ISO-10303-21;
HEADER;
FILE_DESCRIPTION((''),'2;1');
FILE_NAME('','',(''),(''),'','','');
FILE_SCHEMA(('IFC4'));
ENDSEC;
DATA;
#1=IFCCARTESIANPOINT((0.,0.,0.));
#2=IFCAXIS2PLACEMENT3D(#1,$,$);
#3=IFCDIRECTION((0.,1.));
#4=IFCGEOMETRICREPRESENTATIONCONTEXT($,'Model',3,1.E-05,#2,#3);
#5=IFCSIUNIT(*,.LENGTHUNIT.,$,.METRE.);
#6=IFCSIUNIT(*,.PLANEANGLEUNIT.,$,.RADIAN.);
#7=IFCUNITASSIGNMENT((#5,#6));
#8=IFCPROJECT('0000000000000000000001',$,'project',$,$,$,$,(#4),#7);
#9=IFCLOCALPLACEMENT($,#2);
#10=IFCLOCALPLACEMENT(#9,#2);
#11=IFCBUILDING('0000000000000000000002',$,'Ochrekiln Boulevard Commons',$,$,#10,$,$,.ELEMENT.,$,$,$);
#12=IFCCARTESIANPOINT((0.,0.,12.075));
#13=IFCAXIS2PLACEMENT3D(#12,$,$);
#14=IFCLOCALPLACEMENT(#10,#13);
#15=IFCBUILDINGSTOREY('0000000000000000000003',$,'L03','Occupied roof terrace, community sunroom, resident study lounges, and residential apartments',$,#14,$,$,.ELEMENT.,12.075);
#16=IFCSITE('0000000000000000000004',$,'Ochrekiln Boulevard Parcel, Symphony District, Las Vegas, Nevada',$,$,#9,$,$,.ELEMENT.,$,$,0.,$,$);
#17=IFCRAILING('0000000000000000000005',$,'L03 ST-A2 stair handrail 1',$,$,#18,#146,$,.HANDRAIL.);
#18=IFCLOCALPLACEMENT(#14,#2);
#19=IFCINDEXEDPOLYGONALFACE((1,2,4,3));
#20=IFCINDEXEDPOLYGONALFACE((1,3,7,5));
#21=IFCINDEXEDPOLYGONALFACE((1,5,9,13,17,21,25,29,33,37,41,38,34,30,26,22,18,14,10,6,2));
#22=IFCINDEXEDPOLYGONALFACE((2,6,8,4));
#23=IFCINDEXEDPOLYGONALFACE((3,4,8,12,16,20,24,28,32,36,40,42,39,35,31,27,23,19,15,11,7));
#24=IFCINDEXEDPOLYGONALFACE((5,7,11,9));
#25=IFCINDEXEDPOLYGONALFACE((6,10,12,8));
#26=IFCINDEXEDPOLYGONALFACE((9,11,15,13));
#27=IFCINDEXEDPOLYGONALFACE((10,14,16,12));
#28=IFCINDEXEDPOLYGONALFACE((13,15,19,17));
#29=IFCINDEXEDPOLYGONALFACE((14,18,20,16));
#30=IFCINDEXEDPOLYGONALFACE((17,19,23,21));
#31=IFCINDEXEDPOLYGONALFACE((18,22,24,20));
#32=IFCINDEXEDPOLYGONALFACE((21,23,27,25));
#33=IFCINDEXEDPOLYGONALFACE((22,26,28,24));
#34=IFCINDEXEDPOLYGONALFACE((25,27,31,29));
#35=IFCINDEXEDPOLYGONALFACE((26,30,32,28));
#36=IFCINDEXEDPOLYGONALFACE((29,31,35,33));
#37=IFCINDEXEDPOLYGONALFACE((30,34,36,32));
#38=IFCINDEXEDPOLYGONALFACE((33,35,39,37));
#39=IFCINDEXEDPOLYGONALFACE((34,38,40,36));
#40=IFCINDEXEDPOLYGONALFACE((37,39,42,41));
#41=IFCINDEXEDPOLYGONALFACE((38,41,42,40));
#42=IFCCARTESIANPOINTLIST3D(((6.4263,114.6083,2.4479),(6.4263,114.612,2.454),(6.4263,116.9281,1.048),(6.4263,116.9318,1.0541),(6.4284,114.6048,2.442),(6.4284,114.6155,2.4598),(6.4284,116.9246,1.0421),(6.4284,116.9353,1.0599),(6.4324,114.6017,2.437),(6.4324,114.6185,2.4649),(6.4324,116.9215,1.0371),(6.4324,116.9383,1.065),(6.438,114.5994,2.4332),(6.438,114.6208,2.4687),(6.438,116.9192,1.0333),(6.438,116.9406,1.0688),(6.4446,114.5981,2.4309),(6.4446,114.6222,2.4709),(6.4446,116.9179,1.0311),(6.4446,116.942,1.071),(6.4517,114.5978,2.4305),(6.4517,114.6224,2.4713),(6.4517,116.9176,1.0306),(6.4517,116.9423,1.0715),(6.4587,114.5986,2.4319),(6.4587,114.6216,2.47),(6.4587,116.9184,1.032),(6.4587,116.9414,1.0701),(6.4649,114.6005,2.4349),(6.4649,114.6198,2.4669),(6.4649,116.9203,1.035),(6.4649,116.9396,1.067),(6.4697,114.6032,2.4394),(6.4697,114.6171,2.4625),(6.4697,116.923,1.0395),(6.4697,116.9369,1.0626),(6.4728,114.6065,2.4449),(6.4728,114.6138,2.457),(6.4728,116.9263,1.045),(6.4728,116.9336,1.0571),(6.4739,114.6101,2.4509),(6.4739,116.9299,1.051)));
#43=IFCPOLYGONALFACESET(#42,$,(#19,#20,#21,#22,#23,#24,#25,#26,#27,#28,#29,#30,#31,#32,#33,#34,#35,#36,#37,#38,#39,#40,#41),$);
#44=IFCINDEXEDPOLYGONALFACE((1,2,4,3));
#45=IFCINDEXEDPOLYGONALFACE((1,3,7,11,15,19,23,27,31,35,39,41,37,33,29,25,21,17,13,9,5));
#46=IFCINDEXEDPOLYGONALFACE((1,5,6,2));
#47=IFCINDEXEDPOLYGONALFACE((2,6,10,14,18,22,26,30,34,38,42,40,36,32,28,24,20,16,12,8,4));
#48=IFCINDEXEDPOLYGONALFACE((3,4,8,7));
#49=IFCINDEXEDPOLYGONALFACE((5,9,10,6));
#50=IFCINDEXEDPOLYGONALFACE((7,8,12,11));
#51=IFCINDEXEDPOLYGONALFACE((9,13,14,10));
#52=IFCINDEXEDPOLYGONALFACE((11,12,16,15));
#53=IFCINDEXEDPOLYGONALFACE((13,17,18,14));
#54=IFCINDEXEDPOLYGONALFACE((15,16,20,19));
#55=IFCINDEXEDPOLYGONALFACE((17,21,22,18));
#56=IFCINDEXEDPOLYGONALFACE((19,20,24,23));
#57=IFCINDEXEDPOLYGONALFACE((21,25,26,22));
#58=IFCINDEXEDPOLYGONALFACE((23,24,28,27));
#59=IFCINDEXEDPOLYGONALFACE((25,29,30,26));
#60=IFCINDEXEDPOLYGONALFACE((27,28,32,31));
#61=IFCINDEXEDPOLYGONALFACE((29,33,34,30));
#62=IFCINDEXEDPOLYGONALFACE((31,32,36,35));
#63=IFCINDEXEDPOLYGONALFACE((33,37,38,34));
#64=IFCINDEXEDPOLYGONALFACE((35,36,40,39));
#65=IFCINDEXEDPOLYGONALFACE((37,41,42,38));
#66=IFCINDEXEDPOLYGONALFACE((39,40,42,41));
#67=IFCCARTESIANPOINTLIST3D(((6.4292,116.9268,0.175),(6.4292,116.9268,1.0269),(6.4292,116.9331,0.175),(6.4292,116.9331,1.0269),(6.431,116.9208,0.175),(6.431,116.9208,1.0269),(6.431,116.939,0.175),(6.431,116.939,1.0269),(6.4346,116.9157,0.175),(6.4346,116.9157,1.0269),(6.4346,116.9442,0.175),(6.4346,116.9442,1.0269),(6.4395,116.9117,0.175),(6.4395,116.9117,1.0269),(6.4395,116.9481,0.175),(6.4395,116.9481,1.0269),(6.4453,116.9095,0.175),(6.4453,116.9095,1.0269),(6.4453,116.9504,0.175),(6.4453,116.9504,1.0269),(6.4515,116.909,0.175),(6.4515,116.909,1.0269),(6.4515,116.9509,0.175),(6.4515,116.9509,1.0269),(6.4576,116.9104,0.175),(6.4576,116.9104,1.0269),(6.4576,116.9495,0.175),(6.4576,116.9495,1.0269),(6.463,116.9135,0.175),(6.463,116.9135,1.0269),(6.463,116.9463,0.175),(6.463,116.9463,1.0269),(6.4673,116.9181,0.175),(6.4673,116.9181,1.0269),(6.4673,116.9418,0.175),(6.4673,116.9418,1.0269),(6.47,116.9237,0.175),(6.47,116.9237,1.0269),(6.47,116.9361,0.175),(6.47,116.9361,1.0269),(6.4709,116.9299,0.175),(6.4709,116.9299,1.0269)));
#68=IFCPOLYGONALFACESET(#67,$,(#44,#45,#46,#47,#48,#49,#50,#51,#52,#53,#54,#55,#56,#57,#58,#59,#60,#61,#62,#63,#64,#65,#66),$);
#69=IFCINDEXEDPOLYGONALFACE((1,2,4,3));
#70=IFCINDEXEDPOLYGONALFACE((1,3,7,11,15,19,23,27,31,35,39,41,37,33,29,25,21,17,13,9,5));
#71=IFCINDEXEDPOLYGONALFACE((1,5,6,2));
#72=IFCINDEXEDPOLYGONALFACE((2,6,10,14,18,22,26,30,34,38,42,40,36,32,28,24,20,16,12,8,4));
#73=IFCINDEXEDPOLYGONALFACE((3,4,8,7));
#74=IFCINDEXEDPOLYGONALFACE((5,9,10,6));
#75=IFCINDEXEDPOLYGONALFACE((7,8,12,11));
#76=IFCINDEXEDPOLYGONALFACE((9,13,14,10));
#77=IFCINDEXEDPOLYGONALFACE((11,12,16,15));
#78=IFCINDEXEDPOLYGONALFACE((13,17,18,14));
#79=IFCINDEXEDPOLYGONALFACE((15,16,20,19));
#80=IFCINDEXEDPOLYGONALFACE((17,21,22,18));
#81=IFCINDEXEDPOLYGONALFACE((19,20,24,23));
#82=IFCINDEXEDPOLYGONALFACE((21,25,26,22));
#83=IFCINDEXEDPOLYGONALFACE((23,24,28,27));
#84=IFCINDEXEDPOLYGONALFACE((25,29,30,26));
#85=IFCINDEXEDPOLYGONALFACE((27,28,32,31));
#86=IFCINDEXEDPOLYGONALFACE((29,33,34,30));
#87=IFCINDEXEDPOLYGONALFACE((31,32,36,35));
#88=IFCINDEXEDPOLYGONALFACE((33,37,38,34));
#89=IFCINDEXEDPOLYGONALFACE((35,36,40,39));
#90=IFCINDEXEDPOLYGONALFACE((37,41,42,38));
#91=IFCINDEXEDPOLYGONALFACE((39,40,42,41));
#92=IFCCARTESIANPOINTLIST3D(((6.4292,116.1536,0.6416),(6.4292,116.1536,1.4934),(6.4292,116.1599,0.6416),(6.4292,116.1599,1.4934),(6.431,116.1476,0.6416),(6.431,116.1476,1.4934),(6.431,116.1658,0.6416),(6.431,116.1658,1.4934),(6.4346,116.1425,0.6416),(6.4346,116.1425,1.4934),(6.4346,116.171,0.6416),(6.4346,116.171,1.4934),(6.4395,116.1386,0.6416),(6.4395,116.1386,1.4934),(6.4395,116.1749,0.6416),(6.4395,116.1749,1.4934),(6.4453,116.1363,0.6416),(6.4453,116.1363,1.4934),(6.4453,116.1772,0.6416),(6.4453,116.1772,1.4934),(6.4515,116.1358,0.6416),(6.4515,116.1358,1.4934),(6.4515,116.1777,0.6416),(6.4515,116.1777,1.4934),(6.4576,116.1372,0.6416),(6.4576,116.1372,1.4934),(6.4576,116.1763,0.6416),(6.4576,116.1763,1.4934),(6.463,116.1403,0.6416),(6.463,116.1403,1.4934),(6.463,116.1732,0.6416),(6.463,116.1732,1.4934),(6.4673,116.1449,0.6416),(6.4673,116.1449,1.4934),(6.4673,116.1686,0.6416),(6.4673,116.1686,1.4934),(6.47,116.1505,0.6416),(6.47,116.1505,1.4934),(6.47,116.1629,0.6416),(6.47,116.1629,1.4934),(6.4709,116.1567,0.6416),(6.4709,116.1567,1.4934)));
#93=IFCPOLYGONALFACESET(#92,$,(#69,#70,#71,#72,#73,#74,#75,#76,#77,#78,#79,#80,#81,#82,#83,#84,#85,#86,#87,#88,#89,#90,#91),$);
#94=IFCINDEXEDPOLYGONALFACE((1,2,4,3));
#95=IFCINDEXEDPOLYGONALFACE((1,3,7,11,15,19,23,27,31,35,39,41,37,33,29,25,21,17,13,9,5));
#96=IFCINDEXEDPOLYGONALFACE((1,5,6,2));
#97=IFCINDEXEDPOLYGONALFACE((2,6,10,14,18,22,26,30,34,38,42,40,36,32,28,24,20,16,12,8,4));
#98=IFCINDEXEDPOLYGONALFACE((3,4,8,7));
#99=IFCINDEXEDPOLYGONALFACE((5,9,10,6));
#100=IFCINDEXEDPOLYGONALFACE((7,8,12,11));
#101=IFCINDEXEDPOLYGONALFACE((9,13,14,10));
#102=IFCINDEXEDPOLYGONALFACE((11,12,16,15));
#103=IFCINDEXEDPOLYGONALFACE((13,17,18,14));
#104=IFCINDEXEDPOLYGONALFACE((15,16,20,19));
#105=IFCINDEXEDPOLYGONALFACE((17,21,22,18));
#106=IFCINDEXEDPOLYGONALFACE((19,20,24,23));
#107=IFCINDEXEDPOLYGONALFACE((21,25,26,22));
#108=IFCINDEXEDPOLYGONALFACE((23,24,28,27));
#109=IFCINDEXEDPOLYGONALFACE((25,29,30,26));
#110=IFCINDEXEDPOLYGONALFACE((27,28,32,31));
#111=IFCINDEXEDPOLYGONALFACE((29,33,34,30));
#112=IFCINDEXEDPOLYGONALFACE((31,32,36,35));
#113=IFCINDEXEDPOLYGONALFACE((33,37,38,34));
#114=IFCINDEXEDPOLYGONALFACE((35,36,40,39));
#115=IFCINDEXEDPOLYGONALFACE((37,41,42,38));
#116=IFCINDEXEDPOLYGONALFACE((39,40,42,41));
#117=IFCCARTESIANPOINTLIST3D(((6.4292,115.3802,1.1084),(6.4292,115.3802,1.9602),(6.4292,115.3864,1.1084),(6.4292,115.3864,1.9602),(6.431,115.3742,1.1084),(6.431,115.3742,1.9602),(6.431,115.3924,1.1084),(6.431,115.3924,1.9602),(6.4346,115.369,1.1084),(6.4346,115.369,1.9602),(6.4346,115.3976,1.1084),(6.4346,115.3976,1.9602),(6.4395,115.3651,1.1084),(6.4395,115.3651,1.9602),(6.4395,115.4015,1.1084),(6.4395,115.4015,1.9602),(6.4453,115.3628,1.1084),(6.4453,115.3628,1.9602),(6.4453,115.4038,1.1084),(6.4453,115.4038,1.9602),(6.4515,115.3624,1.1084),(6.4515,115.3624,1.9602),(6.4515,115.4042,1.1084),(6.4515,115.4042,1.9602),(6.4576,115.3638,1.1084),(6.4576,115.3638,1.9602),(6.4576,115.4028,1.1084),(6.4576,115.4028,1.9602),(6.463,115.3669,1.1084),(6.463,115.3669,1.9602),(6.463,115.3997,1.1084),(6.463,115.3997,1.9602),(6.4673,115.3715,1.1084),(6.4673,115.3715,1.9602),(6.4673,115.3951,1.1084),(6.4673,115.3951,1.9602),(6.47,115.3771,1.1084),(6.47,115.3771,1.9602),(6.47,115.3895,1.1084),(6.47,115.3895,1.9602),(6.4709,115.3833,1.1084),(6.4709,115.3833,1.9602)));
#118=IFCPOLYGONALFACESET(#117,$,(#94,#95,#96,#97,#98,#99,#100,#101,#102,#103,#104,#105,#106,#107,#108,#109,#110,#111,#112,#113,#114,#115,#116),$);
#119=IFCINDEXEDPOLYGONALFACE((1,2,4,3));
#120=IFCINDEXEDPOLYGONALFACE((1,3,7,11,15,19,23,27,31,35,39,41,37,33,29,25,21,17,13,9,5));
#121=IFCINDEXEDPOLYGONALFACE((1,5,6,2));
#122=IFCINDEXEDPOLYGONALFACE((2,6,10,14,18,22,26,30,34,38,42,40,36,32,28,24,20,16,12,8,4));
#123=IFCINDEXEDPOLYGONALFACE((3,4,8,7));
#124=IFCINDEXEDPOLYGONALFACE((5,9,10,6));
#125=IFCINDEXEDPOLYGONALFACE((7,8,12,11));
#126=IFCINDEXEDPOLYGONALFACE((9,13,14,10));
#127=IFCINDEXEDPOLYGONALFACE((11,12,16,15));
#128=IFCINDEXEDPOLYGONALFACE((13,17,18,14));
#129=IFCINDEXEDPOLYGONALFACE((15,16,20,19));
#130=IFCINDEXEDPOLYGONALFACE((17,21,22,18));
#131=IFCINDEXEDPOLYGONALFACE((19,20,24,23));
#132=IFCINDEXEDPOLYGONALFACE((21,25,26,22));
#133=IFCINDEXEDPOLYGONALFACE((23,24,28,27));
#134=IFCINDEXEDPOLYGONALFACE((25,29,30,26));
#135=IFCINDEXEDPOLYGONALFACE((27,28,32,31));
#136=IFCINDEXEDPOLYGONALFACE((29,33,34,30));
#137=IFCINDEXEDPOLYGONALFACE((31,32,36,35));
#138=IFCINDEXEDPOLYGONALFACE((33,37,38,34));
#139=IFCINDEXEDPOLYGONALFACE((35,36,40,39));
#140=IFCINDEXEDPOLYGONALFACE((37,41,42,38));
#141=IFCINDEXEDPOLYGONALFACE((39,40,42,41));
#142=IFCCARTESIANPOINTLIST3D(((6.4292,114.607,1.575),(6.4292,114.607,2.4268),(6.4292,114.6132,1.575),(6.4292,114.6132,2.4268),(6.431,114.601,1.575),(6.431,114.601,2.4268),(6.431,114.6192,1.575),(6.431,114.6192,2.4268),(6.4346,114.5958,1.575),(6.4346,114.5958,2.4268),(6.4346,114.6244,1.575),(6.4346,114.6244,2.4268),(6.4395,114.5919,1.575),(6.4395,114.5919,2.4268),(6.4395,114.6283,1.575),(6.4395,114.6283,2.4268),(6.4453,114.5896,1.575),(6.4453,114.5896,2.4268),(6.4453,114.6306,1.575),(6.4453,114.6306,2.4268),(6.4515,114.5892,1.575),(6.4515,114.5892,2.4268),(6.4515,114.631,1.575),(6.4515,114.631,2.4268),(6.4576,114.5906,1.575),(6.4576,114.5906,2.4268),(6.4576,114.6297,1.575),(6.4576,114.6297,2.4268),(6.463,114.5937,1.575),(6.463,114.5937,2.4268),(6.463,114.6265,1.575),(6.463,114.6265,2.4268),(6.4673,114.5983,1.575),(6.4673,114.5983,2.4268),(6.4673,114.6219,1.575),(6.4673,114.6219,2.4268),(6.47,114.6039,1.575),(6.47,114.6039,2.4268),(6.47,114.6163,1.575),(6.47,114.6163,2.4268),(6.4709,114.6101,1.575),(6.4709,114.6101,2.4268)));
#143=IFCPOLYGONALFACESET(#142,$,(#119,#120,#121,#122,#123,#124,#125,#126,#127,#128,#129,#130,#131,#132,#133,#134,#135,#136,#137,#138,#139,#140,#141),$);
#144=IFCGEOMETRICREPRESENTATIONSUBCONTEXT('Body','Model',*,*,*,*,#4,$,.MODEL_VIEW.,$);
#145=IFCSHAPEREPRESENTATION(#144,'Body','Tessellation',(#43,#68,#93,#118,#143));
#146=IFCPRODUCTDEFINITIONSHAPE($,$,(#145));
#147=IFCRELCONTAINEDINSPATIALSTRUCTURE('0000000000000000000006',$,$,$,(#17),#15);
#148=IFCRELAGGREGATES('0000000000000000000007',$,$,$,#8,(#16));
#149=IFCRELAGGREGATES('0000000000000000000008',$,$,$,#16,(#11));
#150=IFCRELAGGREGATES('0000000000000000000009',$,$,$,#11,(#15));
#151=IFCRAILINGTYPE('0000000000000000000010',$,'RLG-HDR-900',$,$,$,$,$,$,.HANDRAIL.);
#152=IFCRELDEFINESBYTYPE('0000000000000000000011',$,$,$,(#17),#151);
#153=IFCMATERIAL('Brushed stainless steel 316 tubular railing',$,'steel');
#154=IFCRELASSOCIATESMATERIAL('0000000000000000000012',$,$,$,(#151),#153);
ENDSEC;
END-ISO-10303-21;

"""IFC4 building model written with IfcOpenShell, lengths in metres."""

from ifc_helpers import new_model, si_unit, direction, frame, origin, origin_2d, place, context, subcontext, project, spatial, circle, extrude, material, type_object, element, save


model = new_model("IFC4")

# Units and contexts
model_context = context("Model", 3, precision=1e-05, world=origin(), true_north=direction((0.0, 1.0)))
body_context = subcontext(model_context, "Body", "Model", "MODEL_VIEW")
ifc_project = project(units=[si_unit("LENGTHUNIT", "METRE"), si_unit("PLANEANGLEUNIT", "RADIAN")], contexts=[model_context])

# Site, building, storey
site_placement = place(None, origin())
site = spatial("IfcSite", under=ifc_project, at=site_placement, Name="Ochrekiln Boulevard Parcel, Symphony District, Las Vegas, Nevada", CompositionType="ELEMENT", RefElevation=0.0)
building_placement = place(site_placement, origin())
building = spatial("IfcBuilding", under=site, at=building_placement, Name="Ochrekiln Boulevard Commons", CompositionType="ELEMENT")
storey_placement = place(building_placement, frame((0.0, 0.0, 12.075)))
storey = spatial("IfcBuildingStorey", under=building, at=storey_placement, Name="L03", Description="Occupied roof terrace, community sunroom, resident study lounges, and residential apartments", CompositionType="ELEMENT", Elevation=12.075)

# Railing
ifc_material_1 = material(Name="Brushed stainless steel 316 tubular railing", Category="steel")
railing_type_1 = type_object("IfcRailingType", Name="RLG-HDR-900", PredefinedType="HANDRAIL", material=ifc_material_1)
railing_1_placement = place(storey_placement, frame((6.45, 116.9299, 0.175)))
element("IfcRailing", 1, at=railing_1_placement, inside=storey, type_object=railing_type_1, Name="L03 ST-A2 stair handrail 1", PredefinedType="HANDRAIL", context=body_context, shape_type="SweptSolid", body=[
    extrude(circle(Radius=0.0239, at=origin_2d()), frame((0.0, 0.0, 0.876), z_axis=(0.0, -0.856186, 0.516667), x_axis=(1.0, 0.0, 0.0)), (0.0, 0.0, 1.0), 2.7095),
    extrude(circle(Radius=0.021, at=origin_2d()), origin(), (0.0, 0.0, 1.0), 0.8518),
    extrude(circle(Radius=0.021, at=origin_2d()), frame((0.0, -0.7732, 0.4666)), (0.0, 0.0, 1.0), 0.8518),
    extrude(circle(Radius=0.021, at=origin_2d()), frame((0.0, -1.5466, 0.9333)), (0.0, 0.0, 1.0), 0.8518),
    extrude(circle(Radius=0.021, at=origin_2d()), frame((0.0, -2.3198, 1.3999)), (0.0, 0.0, 1.0), 0.8518),
])

save(model, "model.ifc")
